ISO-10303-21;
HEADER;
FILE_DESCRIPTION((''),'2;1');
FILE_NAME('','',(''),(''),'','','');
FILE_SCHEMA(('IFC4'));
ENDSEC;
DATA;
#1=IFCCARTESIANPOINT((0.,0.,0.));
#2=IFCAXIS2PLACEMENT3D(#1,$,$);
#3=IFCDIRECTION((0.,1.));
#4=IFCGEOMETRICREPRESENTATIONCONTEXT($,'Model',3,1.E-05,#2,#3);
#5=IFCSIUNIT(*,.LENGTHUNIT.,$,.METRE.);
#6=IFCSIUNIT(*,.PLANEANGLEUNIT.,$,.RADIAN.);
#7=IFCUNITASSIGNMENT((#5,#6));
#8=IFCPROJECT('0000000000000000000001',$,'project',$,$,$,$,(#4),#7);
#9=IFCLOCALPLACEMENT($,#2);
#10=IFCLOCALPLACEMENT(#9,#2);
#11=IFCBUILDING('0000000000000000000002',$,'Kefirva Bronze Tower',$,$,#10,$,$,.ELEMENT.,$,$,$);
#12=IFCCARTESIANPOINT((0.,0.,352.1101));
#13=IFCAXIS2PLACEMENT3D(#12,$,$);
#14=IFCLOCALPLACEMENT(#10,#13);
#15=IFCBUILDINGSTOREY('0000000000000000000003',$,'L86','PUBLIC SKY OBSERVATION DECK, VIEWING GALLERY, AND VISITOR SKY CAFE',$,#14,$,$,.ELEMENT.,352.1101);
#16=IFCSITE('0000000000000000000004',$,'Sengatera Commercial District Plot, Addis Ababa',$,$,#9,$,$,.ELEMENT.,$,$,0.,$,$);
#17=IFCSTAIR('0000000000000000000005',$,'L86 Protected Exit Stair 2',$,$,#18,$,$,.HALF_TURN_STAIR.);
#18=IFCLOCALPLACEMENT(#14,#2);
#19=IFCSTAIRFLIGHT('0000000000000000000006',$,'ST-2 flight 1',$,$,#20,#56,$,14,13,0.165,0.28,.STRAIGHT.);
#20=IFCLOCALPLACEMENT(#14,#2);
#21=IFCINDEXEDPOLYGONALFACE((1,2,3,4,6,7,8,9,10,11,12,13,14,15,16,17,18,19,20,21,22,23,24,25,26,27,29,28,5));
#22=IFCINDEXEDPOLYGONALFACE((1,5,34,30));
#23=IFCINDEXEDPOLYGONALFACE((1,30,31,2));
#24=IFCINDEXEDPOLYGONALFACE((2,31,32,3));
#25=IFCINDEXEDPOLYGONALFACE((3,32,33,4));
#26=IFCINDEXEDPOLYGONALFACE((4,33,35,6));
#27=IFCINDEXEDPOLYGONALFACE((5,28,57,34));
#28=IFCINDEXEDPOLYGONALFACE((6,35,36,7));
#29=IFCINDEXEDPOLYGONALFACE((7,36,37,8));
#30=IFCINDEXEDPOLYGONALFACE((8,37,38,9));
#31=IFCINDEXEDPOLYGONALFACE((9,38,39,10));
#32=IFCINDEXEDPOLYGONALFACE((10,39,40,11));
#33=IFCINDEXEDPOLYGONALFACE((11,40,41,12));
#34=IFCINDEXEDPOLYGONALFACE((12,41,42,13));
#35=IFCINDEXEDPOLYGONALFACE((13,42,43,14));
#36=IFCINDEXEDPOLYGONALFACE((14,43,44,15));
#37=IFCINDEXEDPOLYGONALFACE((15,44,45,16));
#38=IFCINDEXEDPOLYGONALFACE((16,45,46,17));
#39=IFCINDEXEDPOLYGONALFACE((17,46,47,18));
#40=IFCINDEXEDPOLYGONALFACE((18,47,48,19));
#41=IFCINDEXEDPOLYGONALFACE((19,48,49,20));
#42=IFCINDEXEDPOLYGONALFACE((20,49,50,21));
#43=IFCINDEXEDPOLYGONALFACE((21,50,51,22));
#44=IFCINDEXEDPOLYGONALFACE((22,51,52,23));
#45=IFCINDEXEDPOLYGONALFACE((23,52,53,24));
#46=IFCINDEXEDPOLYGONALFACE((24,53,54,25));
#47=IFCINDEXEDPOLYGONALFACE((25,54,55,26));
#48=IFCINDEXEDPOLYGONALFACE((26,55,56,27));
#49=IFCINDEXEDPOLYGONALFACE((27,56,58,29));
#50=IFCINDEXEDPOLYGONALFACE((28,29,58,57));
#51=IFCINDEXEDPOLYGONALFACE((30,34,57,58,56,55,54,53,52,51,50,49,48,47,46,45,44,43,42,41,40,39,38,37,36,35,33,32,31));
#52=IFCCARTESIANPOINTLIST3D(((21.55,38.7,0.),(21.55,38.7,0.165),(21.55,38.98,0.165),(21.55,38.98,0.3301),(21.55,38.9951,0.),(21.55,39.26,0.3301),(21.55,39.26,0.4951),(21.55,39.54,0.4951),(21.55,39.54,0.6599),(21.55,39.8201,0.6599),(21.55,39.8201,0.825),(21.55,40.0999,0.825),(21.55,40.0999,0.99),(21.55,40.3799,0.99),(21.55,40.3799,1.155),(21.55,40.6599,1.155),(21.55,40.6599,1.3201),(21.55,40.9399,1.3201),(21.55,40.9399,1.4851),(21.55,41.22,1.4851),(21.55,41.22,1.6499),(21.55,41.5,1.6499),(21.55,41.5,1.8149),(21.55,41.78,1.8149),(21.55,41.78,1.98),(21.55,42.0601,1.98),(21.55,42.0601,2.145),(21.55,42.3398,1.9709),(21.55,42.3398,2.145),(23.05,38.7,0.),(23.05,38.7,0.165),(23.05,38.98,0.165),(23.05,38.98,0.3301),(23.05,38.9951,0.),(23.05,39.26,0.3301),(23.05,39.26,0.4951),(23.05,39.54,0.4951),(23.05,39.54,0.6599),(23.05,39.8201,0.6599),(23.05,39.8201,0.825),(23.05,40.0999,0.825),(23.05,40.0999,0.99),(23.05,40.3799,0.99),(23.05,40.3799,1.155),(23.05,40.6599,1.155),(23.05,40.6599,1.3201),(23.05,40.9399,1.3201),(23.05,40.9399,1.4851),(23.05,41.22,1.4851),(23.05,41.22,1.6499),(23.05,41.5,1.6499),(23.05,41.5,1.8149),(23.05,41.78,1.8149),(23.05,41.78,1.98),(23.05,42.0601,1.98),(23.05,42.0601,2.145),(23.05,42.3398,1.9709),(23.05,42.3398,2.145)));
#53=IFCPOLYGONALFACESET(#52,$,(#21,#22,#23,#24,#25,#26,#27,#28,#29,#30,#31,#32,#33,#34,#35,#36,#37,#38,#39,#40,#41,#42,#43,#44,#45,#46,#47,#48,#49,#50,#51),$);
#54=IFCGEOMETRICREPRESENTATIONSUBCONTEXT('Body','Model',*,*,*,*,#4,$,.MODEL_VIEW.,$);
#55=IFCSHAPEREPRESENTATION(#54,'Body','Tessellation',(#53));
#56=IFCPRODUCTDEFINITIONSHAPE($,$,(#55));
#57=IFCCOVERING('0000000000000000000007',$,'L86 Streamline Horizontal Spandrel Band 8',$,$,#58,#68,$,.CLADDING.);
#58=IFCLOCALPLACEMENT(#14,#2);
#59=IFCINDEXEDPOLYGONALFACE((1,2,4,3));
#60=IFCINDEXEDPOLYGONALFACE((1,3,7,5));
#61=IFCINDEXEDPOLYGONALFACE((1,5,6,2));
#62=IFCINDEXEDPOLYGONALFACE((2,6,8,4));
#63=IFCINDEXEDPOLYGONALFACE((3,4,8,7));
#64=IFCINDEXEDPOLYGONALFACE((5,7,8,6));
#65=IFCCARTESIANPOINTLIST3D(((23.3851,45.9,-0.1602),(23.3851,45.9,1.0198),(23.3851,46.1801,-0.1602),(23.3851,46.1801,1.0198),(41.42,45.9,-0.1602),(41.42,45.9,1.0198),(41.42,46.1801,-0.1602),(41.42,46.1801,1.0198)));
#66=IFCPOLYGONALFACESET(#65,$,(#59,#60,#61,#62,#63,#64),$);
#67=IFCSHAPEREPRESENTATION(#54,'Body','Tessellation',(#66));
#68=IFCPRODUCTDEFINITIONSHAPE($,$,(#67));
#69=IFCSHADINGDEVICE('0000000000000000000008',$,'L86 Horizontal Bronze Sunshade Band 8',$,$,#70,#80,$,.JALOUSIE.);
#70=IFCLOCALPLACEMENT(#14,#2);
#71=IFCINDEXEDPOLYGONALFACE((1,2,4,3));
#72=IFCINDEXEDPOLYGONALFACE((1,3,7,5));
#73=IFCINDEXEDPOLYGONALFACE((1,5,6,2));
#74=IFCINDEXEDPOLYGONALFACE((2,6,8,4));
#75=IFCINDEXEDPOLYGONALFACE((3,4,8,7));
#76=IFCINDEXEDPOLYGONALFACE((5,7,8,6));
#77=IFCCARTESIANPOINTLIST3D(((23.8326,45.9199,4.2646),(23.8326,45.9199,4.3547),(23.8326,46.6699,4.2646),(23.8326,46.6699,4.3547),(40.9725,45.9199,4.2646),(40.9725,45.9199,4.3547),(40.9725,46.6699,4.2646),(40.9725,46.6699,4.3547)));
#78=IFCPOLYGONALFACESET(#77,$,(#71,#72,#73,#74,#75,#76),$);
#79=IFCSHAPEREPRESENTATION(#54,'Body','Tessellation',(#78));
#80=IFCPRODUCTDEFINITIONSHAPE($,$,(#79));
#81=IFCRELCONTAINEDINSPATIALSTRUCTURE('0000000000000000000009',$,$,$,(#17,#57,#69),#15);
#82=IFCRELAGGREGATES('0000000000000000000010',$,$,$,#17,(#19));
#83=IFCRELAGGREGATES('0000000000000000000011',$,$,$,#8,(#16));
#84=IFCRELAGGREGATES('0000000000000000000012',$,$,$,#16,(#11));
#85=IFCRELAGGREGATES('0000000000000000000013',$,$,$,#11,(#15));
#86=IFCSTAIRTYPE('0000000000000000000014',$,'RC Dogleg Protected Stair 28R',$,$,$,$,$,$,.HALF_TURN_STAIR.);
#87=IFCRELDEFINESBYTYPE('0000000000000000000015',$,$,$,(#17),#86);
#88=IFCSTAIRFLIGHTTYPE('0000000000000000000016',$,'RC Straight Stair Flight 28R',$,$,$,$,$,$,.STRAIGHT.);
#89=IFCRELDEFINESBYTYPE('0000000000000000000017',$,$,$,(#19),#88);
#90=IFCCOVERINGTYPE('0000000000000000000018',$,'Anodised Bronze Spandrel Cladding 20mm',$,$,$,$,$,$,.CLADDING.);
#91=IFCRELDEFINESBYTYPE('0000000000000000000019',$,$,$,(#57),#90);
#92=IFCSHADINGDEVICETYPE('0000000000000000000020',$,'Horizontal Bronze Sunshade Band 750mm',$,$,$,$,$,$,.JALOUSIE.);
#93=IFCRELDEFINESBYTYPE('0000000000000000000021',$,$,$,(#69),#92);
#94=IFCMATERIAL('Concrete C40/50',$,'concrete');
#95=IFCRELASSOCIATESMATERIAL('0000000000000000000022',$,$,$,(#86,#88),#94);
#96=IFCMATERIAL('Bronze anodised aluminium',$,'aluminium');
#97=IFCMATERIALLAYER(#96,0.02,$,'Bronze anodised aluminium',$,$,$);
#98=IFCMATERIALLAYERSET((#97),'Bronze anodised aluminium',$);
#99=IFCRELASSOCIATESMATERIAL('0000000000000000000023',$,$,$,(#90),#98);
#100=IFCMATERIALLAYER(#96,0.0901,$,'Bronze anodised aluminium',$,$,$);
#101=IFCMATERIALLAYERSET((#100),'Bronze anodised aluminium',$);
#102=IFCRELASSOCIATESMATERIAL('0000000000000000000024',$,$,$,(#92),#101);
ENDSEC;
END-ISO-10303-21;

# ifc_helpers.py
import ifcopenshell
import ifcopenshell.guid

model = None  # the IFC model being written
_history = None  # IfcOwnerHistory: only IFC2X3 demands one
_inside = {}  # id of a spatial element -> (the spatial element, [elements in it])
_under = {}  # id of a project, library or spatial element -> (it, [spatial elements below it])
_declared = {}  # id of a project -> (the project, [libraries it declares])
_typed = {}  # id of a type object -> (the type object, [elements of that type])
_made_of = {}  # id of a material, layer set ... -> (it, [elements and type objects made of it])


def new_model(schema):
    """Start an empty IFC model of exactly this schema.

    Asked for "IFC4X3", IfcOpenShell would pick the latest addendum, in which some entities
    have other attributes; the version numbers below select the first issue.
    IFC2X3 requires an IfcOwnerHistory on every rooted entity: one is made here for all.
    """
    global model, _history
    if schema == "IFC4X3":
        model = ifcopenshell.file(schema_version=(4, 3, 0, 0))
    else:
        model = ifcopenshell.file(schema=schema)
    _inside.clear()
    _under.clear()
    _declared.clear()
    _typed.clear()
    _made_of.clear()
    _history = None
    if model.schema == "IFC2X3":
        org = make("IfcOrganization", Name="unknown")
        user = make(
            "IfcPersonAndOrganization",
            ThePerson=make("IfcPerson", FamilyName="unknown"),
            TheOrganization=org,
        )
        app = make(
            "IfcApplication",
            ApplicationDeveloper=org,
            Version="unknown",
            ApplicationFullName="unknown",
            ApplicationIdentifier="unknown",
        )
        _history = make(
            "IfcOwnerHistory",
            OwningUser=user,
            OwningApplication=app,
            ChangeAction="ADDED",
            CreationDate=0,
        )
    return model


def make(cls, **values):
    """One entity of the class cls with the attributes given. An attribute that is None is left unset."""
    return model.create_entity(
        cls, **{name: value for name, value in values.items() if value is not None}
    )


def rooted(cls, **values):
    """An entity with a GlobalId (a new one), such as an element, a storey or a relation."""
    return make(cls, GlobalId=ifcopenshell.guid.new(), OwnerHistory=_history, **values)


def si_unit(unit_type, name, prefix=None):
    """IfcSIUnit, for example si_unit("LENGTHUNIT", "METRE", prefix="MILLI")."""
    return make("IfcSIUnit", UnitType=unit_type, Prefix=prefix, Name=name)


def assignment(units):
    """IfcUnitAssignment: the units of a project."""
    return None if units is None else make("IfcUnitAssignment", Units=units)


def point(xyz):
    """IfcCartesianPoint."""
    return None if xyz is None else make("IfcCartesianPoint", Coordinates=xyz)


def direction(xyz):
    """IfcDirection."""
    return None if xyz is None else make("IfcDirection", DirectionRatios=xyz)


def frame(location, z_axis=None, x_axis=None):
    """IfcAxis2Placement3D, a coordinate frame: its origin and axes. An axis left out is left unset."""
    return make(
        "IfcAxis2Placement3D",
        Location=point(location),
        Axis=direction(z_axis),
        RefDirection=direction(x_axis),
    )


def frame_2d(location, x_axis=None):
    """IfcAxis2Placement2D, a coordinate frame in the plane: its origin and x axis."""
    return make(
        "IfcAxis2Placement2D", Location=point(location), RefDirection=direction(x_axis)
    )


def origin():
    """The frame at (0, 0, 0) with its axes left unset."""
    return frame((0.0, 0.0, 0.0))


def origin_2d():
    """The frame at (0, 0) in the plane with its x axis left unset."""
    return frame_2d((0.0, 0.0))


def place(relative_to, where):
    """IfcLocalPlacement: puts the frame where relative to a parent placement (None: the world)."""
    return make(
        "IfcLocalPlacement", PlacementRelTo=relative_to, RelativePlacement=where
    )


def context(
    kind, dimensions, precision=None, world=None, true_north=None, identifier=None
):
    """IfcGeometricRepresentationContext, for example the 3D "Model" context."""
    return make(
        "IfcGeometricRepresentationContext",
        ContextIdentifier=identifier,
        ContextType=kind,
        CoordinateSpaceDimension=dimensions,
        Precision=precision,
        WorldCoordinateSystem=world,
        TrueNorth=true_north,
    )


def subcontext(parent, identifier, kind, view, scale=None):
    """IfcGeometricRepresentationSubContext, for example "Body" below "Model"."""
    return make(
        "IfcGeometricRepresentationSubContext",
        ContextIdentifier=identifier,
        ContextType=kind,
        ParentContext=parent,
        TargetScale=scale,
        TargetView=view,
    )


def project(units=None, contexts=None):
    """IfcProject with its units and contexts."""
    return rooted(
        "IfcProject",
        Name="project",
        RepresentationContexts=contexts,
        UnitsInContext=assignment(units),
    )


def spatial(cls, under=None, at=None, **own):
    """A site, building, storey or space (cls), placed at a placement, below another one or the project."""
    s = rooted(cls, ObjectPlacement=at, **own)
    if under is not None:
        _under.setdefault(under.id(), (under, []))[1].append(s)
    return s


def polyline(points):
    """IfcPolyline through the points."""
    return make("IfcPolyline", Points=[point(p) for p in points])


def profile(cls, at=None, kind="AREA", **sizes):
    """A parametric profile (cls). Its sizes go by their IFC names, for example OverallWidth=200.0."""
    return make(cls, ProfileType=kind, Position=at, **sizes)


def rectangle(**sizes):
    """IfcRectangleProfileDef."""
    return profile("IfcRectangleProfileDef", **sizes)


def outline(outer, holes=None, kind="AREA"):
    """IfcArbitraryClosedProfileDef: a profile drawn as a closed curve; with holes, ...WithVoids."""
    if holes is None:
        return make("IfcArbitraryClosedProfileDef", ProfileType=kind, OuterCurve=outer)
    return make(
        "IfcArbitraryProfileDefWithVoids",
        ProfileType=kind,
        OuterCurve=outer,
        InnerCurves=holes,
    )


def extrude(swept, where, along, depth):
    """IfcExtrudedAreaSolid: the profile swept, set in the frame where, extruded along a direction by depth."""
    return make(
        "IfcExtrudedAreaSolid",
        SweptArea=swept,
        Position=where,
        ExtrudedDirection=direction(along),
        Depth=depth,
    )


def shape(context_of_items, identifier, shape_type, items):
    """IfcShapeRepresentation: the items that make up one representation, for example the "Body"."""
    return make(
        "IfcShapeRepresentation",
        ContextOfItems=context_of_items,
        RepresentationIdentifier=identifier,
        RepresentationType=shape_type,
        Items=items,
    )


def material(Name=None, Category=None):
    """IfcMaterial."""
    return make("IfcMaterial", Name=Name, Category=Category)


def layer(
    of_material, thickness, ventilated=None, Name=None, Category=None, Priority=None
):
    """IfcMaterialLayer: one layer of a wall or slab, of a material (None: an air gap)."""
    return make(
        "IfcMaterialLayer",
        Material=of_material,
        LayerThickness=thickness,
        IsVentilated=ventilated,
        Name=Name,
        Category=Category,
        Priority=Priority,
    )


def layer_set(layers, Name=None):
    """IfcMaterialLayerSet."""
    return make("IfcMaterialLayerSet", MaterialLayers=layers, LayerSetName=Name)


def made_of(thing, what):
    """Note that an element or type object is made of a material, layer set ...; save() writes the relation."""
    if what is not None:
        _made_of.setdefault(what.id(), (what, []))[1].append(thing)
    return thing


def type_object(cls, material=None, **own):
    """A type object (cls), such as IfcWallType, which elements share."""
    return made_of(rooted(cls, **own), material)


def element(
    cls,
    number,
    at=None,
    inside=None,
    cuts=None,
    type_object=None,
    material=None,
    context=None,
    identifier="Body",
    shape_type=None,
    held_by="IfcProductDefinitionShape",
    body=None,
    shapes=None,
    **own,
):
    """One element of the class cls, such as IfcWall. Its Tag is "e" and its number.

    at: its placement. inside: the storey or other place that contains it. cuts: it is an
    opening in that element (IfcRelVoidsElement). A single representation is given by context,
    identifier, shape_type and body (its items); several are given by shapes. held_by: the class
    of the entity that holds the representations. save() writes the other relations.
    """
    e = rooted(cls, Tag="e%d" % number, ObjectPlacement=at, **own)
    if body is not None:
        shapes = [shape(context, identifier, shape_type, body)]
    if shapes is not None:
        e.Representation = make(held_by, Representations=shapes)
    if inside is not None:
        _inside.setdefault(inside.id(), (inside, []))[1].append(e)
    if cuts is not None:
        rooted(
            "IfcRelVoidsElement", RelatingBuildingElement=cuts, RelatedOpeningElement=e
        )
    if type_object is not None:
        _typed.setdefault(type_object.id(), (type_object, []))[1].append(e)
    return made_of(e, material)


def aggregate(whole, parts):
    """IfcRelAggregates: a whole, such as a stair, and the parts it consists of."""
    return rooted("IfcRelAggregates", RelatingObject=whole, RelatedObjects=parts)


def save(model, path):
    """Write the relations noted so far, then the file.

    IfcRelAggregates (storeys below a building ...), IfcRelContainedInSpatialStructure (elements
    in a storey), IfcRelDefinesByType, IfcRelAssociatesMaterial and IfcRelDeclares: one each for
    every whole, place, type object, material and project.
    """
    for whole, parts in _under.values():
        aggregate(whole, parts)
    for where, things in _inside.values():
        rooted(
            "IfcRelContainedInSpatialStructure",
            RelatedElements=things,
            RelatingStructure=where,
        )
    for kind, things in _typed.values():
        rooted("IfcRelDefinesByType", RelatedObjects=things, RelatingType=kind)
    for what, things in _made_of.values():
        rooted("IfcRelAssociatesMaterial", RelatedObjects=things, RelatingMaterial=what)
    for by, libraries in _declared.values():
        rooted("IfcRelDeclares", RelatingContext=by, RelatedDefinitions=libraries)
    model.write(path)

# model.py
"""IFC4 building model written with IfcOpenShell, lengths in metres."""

from ifc_helpers import new_model, si_unit, direction, frame, origin, origin_2d, place, context, subcontext, project, spatial, polyline, rectangle, outline, extrude, material, layer, layer_set, type_object, element, aggregate, save


model = new_model("IFC4")

# Units and contexts
model_context = context("Model", 3, precision=1e-05, world=origin(), true_north=direction((0.0, 1.0)))
body_context = subcontext(model_context, "Body", "Model", "MODEL_VIEW")
ifc_project = project(units=[si_unit("LENGTHUNIT", "METRE"), si_unit("PLANEANGLEUNIT", "RADIAN")], contexts=[model_context])

# Site, building, storey
site_placement = place(None, origin())
site = spatial("IfcSite", under=ifc_project, at=site_placement, Name="Sengatera Commercial District Plot, Addis Ababa", CompositionType="ELEMENT", RefElevation=0.0)
building_placement = place(site_placement, origin())
building = spatial("IfcBuilding", under=site, at=building_placement, Name="Kefirva Bronze Tower", CompositionType="ELEMENT")
storey_placement = place(building_placement, frame((0.0, 0.0, 352.1101)))
storey = spatial("IfcBuildingStorey", under=building, at=storey_placement, Name="L86", Description="PUBLIC SKY OBSERVATION DECK, VIEWING GALLERY, AND VISITOR SKY CAFE", CompositionType="ELEMENT", Elevation=352.1101)

# Shared definitions
ifc_material_1 = material(Name="Bronze anodised aluminium", Category="aluminium")

# Stair, stair flight
ifc_material_2 = material(Name="Concrete C40/50", Category="concrete")
stair_type = type_object("IfcStairType", Name="RC Dogleg Protected Stair 28R", PredefinedType="HALF_TURN_STAIR", material=ifc_material_2)
stair_placement = place(storey_placement, origin())
stair = element("IfcStair", 1, at=stair_placement, inside=storey, type_object=stair_type, Name="L86 Protected Exit Stair 2", PredefinedType="HALF_TURN_STAIR")
stair_flight_type = type_object("IfcStairFlightType", Name="RC Straight Stair Flight 28R", PredefinedType="STRAIGHT", material=ifc_material_2)
stair_flight_placement = place(storey_placement, frame((22.3, 38.7, 0.0), z_axis=(0.0, 0.0, 1.0), x_axis=(0.0, 1.0, 0.0)))
stair_flight = element("IfcStairFlight", 2, at=stair_flight_placement, type_object=stair_flight_type, Name="ST-2 flight 1", NumberOfRisers=14, NumberOfTreads=13, PredefinedType="STRAIGHT", RiserHeight=0.165, TreadLength=0.28, context=body_context, shape_type="SweptSolid", body=[
    extrude(outline(polyline([(0.0, 0.0), (0.0, 0.165), (0.28, 0.165), (0.28, 0.3301), (0.5601, 0.3301), (0.5601, 0.4951), (0.8401, 0.4951), (0.8401, 0.6599), (1.1201, 0.6599), (1.1201, 0.825), (1.3999, 0.825), (1.3999, 0.99), (1.6799, 0.99), (1.6799, 1.155), (1.96, 1.155), (1.96, 1.3201), (2.24, 1.3201), (2.24, 1.4851), (2.52, 1.4851), (2.52, 1.6499), (2.8, 1.6499), (2.8, 1.8149), (3.0801, 1.8149), (3.0801, 1.98), (3.3601, 1.98), (3.3601, 2.145), (3.6399, 2.145), (3.6399, 2.3101), (3.6399, 1.9709), (0.2952, 0.0), (0.0, 0.0)])), frame((0.0, 0.75, 0.0), z_axis=(0.0, -1.0, 0.0), x_axis=(1.0, 0.0, 0.0)), (0.0, 0.0, 1.0), 1.5),
])
aggregate(stair, [stair_flight])

# Covering
ifc_layer_1 = layer(ifc_material_1, 0.02, Name="Bronze anodised aluminium")
ifc_layer_set_1 = layer_set([ifc_layer_1], Name="Bronze anodised aluminium")
covering_type_1 = type_object("IfcCoveringType", Name="Anodised Bronze Spandrel Cladding 20mm", PredefinedType="CLADDING", material=ifc_layer_set_1)
covering_1_placement = place(storey_placement, frame((32.4026, 46.04, -0.1602), z_axis=(0.0, 0.0, 1.0), x_axis=(-1.0, 0.0, 0.0)))
element("IfcCovering", 3, at=covering_1_placement, inside=storey, type_object=covering_type_1, Name="L86 Streamline Horizontal Spandrel Band 8", PredefinedType="CLADDING", context=body_context, shape_type="SweptSolid", body=[
    extrude(rectangle(XDim=18.0349, YDim=0.28, at=origin_2d()), origin(), (0.0, 0.0, 1.0), 1.1799),
])

# Shading device
ifc_layer_2 = layer(ifc_material_1, 0.0901, Name="Bronze anodised aluminium")
ifc_layer_set_2 = layer_set([ifc_layer_2], Name="Bronze anodised aluminium")
shading_device_type = type_object("IfcShadingDeviceType", Name="Horizontal Bronze Sunshade Band 750mm", PredefinedType="JALOUSIE", material=ifc_layer_set_2)
shading_device_placement = place(storey_placement, frame((32.4026, 46.2949, 4.2646), z_axis=(0.0, 0.0, 1.0), x_axis=(-1.0, 0.0, 0.0)))
element("IfcShadingDevice", 4, at=shading_device_placement, inside=storey, type_object=shading_device_type, Name="L86 Horizontal Bronze Sunshade Band 8", PredefinedType="JALOUSIE", context=body_context, shape_type="SweptSolid", body=[
    extrude(rectangle(XDim=17.1399, YDim=0.75, at=origin_2d()), origin(), (0.0, 0.0, 1.0), 0.0901),
])

save(model, "model.ifc")
